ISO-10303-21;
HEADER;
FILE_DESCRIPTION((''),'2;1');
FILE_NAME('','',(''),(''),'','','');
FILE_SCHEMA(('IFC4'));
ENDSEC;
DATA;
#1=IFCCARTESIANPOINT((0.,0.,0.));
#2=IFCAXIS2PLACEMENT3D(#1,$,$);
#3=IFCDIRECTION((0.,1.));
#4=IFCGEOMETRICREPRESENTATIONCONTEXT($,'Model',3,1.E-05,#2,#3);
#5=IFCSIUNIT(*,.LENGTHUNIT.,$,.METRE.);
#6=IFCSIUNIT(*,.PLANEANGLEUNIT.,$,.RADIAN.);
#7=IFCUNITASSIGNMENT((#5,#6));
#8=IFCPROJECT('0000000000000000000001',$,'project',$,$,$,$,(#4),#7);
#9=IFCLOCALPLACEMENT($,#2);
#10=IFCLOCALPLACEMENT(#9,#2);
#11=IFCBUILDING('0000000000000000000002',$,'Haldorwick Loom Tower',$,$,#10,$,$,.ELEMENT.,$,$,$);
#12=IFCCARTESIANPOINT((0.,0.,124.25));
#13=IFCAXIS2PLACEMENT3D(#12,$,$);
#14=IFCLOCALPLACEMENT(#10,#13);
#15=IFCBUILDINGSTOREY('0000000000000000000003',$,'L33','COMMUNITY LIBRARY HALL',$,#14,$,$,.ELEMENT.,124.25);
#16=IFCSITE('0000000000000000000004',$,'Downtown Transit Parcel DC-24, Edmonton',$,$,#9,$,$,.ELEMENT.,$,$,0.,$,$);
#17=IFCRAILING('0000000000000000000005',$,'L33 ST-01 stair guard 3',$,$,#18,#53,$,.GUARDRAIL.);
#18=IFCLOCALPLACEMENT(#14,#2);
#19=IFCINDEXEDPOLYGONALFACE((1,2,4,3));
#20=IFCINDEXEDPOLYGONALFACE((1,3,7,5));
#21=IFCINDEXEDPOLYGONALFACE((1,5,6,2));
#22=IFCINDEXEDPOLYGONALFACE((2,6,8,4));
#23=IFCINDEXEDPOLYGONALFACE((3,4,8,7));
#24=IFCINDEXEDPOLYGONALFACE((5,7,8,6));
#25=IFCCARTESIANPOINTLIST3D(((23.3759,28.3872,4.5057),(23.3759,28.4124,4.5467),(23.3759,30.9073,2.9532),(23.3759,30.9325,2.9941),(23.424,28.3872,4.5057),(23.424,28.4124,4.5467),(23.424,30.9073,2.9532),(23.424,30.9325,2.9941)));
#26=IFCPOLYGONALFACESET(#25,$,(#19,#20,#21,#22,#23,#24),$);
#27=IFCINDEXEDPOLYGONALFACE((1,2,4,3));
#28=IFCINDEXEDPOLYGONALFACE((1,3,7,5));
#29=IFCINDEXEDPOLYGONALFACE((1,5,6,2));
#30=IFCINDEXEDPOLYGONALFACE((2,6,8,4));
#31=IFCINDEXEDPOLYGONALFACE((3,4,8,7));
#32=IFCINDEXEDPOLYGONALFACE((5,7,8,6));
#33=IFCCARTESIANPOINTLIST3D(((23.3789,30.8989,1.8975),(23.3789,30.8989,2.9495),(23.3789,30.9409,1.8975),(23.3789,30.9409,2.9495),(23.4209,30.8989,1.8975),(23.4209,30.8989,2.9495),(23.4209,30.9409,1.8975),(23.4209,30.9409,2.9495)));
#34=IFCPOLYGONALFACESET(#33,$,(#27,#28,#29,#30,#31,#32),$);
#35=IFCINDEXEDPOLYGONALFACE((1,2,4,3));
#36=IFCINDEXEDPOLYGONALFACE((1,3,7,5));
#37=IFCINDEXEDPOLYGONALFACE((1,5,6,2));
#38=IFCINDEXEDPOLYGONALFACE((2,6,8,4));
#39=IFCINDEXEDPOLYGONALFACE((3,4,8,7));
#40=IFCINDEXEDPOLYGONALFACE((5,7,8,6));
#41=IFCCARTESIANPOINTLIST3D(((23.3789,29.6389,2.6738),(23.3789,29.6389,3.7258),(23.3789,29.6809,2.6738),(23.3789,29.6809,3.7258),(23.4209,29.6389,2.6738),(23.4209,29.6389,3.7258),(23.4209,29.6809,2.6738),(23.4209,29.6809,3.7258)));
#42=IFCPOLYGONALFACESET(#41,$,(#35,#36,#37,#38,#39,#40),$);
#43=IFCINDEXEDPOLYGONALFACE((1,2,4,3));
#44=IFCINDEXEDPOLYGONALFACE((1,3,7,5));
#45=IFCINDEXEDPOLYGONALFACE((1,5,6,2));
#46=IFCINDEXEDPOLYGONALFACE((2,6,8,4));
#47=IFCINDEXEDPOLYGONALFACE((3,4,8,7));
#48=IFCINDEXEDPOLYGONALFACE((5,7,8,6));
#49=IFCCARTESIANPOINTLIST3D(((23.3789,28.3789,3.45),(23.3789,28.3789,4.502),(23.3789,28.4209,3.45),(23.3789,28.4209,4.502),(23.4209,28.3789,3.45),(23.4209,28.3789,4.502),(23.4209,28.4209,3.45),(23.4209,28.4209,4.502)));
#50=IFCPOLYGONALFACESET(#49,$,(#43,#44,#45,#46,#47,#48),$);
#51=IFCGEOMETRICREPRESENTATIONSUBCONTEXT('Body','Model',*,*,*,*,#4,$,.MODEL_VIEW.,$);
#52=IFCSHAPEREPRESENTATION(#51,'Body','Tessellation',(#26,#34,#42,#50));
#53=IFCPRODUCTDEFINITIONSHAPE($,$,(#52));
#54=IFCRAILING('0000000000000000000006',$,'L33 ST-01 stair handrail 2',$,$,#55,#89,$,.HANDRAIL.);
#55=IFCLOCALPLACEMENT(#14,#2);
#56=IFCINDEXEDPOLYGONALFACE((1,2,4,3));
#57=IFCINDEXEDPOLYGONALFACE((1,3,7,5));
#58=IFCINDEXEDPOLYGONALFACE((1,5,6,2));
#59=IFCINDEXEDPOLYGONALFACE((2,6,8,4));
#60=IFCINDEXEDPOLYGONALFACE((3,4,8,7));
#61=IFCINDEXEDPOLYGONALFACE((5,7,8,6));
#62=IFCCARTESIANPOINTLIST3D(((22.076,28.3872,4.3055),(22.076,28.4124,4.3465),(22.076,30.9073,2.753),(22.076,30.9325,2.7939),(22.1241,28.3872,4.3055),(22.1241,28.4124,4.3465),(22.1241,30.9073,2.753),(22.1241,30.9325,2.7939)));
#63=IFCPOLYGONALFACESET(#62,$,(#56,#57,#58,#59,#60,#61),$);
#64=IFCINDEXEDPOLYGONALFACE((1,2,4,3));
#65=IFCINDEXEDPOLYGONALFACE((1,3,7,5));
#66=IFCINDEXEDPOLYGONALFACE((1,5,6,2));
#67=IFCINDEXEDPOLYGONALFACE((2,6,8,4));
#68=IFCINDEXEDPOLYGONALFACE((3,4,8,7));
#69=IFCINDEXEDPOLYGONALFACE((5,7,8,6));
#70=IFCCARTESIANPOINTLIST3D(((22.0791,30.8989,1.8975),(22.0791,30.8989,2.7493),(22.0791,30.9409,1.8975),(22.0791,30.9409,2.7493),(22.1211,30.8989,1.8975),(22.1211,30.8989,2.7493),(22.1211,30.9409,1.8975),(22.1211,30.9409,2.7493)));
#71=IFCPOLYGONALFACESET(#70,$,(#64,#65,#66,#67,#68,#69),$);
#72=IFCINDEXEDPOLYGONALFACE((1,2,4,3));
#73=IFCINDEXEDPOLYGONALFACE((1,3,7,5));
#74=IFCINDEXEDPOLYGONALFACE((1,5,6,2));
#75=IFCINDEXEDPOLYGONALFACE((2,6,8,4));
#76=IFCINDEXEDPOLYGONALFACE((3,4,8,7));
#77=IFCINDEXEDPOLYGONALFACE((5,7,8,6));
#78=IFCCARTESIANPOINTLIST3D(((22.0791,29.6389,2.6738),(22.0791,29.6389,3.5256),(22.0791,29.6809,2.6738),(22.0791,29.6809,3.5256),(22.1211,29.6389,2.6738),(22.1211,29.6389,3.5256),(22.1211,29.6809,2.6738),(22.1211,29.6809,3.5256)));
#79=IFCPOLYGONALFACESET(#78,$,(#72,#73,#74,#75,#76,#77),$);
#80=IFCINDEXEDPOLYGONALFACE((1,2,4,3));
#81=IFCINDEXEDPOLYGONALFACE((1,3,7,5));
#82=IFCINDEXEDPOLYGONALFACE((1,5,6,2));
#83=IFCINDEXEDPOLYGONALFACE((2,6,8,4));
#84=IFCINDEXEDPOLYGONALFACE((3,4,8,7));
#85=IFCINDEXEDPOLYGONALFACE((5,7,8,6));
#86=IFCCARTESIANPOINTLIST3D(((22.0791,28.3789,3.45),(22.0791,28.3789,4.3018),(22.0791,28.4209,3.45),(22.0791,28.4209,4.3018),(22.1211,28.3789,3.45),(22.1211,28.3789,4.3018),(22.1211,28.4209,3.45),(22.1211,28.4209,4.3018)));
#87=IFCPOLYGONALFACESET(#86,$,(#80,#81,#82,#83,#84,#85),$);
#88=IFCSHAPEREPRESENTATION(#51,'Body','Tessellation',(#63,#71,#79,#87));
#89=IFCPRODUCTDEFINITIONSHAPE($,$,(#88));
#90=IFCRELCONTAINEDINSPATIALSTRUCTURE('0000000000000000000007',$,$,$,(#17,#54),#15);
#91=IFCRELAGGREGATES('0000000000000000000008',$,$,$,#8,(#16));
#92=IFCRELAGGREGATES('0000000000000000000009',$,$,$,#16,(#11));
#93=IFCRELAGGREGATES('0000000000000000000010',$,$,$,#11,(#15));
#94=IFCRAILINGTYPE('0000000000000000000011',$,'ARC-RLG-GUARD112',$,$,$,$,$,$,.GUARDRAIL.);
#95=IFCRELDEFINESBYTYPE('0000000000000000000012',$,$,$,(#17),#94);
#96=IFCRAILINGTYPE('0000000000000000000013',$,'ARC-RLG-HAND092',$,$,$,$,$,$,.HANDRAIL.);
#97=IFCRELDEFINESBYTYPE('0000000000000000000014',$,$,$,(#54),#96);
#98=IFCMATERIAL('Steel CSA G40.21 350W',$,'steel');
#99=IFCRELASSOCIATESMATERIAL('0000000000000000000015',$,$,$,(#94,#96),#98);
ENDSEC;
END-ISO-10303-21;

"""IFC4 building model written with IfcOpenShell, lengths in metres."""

from ifc_helpers import new_model, si_unit, direction, frame, origin, origin_2d, place, context, subcontext, project, spatial, rectangle, extrude, material, type_object, element, save


model = new_model("IFC4")

# Units and contexts
model_context = context("Model", 3, precision=1e-05, world=origin(), true_north=direction((0.0, 1.0)))
body_context = subcontext(model_context, "Body", "Model", "MODEL_VIEW")
ifc_project = project(units=[si_unit("LENGTHUNIT", "METRE"), si_unit("PLANEANGLEUNIT", "RADIAN")], contexts=[model_context])

# Site, building, storey
site_placement = place(None, origin())
site = spatial("IfcSite", under=ifc_project, at=site_placement, Name="Downtown Transit Parcel DC-24, Edmonton", CompositionType="ELEMENT", RefElevation=0.0)
building_placement = place(site_placement, origin())
building = spatial("IfcBuilding", under=site, at=building_placement, Name="Haldorwick Loom Tower", CompositionType="ELEMENT")
storey_placement = place(building_placement, frame((0.0, 0.0, 124.25)))
storey = spatial("IfcBuildingStorey", under=building, at=storey_placement, Name="L33", Description="COMMUNITY LIBRARY HALL", CompositionType="ELEMENT", Elevation=124.25)

# Shared definitions
ifc_material_1 = material(Name="Steel CSA G40.21 350W", Category="steel")

# Railings
railing_type_1 = type_object("IfcRailingType", Name="ARC-RLG-GUARD112", PredefinedType="GUARDRAIL", material=ifc_material_1)
railing_1_placement = place(storey_placement, frame((23.3999, 30.9199, 1.8975)))
element("IfcRailing", 1, at=railing_1_placement, inside=storey, type_object=railing_type_1, Name="L33 ST-01 stair guard 3", PredefinedType="GUARDRAIL", context=body_context, shape_type="SweptSolid", body=[
    extrude(rectangle(XDim=0.0481, YDim=0.0481, at=origin_2d()), frame((0.0, 0.0, 1.0762), z_axis=(0.0, -0.8514, 0.524516), x_axis=(1.0, 0.0, 0.0)), (0.0, 0.0, 1.0), 2.96),
    extrude(rectangle(XDim=0.042, YDim=0.042, at=origin_2d()), origin(), (0.0, 0.0, 1.0), 1.052),
    extrude(rectangle(XDim=0.042, YDim=0.042, at=origin_2d()), frame((0.0, -1.26, 0.7764)), (0.0, 0.0, 1.0), 1.052),
    extrude(rectangle(XDim=0.042, YDim=0.042, at=origin_2d()), frame((0.0, -2.52, 1.5525)), (0.0, 0.0, 1.0), 1.052),
])
railing_type_2 = type_object("IfcRailingType", Name="ARC-RLG-HAND092", PredefinedType="HANDRAIL", material=ifc_material_1)
railing_2_placement = place(storey_placement, frame((22.1001, 30.9199, 1.8975)))
element("IfcRailing", 2, at=railing_2_placement, inside=storey, type_object=railing_type_2, Name="L33 ST-01 stair handrail 2", PredefinedType="HANDRAIL", context=body_context, shape_type="SweptSolid", body=[
    extrude(rectangle(XDim=0.0481, YDim=0.0481, at=origin_2d()), frame((0.0, 0.0, 0.876), z_axis=(0.0, -0.8514, 0.524516), x_axis=(1.0, 0.0, 0.0)), (0.0, 0.0, 1.0), 2.96),
    extrude(rectangle(XDim=0.042, YDim=0.042, at=origin_2d()), origin(), (0.0, 0.0, 1.0), 0.8518),
    extrude(rectangle(XDim=0.042, YDim=0.042, at=origin_2d()), frame((0.0, -1.26, 0.7764)), (0.0, 0.0, 1.0), 0.8518),
    extrude(rectangle(XDim=0.042, YDim=0.042, at=origin_2d()), frame((0.0, -2.52, 1.5525)), (0.0, 0.0, 1.0), 0.8518),
])

save(model, "model.ifc")
